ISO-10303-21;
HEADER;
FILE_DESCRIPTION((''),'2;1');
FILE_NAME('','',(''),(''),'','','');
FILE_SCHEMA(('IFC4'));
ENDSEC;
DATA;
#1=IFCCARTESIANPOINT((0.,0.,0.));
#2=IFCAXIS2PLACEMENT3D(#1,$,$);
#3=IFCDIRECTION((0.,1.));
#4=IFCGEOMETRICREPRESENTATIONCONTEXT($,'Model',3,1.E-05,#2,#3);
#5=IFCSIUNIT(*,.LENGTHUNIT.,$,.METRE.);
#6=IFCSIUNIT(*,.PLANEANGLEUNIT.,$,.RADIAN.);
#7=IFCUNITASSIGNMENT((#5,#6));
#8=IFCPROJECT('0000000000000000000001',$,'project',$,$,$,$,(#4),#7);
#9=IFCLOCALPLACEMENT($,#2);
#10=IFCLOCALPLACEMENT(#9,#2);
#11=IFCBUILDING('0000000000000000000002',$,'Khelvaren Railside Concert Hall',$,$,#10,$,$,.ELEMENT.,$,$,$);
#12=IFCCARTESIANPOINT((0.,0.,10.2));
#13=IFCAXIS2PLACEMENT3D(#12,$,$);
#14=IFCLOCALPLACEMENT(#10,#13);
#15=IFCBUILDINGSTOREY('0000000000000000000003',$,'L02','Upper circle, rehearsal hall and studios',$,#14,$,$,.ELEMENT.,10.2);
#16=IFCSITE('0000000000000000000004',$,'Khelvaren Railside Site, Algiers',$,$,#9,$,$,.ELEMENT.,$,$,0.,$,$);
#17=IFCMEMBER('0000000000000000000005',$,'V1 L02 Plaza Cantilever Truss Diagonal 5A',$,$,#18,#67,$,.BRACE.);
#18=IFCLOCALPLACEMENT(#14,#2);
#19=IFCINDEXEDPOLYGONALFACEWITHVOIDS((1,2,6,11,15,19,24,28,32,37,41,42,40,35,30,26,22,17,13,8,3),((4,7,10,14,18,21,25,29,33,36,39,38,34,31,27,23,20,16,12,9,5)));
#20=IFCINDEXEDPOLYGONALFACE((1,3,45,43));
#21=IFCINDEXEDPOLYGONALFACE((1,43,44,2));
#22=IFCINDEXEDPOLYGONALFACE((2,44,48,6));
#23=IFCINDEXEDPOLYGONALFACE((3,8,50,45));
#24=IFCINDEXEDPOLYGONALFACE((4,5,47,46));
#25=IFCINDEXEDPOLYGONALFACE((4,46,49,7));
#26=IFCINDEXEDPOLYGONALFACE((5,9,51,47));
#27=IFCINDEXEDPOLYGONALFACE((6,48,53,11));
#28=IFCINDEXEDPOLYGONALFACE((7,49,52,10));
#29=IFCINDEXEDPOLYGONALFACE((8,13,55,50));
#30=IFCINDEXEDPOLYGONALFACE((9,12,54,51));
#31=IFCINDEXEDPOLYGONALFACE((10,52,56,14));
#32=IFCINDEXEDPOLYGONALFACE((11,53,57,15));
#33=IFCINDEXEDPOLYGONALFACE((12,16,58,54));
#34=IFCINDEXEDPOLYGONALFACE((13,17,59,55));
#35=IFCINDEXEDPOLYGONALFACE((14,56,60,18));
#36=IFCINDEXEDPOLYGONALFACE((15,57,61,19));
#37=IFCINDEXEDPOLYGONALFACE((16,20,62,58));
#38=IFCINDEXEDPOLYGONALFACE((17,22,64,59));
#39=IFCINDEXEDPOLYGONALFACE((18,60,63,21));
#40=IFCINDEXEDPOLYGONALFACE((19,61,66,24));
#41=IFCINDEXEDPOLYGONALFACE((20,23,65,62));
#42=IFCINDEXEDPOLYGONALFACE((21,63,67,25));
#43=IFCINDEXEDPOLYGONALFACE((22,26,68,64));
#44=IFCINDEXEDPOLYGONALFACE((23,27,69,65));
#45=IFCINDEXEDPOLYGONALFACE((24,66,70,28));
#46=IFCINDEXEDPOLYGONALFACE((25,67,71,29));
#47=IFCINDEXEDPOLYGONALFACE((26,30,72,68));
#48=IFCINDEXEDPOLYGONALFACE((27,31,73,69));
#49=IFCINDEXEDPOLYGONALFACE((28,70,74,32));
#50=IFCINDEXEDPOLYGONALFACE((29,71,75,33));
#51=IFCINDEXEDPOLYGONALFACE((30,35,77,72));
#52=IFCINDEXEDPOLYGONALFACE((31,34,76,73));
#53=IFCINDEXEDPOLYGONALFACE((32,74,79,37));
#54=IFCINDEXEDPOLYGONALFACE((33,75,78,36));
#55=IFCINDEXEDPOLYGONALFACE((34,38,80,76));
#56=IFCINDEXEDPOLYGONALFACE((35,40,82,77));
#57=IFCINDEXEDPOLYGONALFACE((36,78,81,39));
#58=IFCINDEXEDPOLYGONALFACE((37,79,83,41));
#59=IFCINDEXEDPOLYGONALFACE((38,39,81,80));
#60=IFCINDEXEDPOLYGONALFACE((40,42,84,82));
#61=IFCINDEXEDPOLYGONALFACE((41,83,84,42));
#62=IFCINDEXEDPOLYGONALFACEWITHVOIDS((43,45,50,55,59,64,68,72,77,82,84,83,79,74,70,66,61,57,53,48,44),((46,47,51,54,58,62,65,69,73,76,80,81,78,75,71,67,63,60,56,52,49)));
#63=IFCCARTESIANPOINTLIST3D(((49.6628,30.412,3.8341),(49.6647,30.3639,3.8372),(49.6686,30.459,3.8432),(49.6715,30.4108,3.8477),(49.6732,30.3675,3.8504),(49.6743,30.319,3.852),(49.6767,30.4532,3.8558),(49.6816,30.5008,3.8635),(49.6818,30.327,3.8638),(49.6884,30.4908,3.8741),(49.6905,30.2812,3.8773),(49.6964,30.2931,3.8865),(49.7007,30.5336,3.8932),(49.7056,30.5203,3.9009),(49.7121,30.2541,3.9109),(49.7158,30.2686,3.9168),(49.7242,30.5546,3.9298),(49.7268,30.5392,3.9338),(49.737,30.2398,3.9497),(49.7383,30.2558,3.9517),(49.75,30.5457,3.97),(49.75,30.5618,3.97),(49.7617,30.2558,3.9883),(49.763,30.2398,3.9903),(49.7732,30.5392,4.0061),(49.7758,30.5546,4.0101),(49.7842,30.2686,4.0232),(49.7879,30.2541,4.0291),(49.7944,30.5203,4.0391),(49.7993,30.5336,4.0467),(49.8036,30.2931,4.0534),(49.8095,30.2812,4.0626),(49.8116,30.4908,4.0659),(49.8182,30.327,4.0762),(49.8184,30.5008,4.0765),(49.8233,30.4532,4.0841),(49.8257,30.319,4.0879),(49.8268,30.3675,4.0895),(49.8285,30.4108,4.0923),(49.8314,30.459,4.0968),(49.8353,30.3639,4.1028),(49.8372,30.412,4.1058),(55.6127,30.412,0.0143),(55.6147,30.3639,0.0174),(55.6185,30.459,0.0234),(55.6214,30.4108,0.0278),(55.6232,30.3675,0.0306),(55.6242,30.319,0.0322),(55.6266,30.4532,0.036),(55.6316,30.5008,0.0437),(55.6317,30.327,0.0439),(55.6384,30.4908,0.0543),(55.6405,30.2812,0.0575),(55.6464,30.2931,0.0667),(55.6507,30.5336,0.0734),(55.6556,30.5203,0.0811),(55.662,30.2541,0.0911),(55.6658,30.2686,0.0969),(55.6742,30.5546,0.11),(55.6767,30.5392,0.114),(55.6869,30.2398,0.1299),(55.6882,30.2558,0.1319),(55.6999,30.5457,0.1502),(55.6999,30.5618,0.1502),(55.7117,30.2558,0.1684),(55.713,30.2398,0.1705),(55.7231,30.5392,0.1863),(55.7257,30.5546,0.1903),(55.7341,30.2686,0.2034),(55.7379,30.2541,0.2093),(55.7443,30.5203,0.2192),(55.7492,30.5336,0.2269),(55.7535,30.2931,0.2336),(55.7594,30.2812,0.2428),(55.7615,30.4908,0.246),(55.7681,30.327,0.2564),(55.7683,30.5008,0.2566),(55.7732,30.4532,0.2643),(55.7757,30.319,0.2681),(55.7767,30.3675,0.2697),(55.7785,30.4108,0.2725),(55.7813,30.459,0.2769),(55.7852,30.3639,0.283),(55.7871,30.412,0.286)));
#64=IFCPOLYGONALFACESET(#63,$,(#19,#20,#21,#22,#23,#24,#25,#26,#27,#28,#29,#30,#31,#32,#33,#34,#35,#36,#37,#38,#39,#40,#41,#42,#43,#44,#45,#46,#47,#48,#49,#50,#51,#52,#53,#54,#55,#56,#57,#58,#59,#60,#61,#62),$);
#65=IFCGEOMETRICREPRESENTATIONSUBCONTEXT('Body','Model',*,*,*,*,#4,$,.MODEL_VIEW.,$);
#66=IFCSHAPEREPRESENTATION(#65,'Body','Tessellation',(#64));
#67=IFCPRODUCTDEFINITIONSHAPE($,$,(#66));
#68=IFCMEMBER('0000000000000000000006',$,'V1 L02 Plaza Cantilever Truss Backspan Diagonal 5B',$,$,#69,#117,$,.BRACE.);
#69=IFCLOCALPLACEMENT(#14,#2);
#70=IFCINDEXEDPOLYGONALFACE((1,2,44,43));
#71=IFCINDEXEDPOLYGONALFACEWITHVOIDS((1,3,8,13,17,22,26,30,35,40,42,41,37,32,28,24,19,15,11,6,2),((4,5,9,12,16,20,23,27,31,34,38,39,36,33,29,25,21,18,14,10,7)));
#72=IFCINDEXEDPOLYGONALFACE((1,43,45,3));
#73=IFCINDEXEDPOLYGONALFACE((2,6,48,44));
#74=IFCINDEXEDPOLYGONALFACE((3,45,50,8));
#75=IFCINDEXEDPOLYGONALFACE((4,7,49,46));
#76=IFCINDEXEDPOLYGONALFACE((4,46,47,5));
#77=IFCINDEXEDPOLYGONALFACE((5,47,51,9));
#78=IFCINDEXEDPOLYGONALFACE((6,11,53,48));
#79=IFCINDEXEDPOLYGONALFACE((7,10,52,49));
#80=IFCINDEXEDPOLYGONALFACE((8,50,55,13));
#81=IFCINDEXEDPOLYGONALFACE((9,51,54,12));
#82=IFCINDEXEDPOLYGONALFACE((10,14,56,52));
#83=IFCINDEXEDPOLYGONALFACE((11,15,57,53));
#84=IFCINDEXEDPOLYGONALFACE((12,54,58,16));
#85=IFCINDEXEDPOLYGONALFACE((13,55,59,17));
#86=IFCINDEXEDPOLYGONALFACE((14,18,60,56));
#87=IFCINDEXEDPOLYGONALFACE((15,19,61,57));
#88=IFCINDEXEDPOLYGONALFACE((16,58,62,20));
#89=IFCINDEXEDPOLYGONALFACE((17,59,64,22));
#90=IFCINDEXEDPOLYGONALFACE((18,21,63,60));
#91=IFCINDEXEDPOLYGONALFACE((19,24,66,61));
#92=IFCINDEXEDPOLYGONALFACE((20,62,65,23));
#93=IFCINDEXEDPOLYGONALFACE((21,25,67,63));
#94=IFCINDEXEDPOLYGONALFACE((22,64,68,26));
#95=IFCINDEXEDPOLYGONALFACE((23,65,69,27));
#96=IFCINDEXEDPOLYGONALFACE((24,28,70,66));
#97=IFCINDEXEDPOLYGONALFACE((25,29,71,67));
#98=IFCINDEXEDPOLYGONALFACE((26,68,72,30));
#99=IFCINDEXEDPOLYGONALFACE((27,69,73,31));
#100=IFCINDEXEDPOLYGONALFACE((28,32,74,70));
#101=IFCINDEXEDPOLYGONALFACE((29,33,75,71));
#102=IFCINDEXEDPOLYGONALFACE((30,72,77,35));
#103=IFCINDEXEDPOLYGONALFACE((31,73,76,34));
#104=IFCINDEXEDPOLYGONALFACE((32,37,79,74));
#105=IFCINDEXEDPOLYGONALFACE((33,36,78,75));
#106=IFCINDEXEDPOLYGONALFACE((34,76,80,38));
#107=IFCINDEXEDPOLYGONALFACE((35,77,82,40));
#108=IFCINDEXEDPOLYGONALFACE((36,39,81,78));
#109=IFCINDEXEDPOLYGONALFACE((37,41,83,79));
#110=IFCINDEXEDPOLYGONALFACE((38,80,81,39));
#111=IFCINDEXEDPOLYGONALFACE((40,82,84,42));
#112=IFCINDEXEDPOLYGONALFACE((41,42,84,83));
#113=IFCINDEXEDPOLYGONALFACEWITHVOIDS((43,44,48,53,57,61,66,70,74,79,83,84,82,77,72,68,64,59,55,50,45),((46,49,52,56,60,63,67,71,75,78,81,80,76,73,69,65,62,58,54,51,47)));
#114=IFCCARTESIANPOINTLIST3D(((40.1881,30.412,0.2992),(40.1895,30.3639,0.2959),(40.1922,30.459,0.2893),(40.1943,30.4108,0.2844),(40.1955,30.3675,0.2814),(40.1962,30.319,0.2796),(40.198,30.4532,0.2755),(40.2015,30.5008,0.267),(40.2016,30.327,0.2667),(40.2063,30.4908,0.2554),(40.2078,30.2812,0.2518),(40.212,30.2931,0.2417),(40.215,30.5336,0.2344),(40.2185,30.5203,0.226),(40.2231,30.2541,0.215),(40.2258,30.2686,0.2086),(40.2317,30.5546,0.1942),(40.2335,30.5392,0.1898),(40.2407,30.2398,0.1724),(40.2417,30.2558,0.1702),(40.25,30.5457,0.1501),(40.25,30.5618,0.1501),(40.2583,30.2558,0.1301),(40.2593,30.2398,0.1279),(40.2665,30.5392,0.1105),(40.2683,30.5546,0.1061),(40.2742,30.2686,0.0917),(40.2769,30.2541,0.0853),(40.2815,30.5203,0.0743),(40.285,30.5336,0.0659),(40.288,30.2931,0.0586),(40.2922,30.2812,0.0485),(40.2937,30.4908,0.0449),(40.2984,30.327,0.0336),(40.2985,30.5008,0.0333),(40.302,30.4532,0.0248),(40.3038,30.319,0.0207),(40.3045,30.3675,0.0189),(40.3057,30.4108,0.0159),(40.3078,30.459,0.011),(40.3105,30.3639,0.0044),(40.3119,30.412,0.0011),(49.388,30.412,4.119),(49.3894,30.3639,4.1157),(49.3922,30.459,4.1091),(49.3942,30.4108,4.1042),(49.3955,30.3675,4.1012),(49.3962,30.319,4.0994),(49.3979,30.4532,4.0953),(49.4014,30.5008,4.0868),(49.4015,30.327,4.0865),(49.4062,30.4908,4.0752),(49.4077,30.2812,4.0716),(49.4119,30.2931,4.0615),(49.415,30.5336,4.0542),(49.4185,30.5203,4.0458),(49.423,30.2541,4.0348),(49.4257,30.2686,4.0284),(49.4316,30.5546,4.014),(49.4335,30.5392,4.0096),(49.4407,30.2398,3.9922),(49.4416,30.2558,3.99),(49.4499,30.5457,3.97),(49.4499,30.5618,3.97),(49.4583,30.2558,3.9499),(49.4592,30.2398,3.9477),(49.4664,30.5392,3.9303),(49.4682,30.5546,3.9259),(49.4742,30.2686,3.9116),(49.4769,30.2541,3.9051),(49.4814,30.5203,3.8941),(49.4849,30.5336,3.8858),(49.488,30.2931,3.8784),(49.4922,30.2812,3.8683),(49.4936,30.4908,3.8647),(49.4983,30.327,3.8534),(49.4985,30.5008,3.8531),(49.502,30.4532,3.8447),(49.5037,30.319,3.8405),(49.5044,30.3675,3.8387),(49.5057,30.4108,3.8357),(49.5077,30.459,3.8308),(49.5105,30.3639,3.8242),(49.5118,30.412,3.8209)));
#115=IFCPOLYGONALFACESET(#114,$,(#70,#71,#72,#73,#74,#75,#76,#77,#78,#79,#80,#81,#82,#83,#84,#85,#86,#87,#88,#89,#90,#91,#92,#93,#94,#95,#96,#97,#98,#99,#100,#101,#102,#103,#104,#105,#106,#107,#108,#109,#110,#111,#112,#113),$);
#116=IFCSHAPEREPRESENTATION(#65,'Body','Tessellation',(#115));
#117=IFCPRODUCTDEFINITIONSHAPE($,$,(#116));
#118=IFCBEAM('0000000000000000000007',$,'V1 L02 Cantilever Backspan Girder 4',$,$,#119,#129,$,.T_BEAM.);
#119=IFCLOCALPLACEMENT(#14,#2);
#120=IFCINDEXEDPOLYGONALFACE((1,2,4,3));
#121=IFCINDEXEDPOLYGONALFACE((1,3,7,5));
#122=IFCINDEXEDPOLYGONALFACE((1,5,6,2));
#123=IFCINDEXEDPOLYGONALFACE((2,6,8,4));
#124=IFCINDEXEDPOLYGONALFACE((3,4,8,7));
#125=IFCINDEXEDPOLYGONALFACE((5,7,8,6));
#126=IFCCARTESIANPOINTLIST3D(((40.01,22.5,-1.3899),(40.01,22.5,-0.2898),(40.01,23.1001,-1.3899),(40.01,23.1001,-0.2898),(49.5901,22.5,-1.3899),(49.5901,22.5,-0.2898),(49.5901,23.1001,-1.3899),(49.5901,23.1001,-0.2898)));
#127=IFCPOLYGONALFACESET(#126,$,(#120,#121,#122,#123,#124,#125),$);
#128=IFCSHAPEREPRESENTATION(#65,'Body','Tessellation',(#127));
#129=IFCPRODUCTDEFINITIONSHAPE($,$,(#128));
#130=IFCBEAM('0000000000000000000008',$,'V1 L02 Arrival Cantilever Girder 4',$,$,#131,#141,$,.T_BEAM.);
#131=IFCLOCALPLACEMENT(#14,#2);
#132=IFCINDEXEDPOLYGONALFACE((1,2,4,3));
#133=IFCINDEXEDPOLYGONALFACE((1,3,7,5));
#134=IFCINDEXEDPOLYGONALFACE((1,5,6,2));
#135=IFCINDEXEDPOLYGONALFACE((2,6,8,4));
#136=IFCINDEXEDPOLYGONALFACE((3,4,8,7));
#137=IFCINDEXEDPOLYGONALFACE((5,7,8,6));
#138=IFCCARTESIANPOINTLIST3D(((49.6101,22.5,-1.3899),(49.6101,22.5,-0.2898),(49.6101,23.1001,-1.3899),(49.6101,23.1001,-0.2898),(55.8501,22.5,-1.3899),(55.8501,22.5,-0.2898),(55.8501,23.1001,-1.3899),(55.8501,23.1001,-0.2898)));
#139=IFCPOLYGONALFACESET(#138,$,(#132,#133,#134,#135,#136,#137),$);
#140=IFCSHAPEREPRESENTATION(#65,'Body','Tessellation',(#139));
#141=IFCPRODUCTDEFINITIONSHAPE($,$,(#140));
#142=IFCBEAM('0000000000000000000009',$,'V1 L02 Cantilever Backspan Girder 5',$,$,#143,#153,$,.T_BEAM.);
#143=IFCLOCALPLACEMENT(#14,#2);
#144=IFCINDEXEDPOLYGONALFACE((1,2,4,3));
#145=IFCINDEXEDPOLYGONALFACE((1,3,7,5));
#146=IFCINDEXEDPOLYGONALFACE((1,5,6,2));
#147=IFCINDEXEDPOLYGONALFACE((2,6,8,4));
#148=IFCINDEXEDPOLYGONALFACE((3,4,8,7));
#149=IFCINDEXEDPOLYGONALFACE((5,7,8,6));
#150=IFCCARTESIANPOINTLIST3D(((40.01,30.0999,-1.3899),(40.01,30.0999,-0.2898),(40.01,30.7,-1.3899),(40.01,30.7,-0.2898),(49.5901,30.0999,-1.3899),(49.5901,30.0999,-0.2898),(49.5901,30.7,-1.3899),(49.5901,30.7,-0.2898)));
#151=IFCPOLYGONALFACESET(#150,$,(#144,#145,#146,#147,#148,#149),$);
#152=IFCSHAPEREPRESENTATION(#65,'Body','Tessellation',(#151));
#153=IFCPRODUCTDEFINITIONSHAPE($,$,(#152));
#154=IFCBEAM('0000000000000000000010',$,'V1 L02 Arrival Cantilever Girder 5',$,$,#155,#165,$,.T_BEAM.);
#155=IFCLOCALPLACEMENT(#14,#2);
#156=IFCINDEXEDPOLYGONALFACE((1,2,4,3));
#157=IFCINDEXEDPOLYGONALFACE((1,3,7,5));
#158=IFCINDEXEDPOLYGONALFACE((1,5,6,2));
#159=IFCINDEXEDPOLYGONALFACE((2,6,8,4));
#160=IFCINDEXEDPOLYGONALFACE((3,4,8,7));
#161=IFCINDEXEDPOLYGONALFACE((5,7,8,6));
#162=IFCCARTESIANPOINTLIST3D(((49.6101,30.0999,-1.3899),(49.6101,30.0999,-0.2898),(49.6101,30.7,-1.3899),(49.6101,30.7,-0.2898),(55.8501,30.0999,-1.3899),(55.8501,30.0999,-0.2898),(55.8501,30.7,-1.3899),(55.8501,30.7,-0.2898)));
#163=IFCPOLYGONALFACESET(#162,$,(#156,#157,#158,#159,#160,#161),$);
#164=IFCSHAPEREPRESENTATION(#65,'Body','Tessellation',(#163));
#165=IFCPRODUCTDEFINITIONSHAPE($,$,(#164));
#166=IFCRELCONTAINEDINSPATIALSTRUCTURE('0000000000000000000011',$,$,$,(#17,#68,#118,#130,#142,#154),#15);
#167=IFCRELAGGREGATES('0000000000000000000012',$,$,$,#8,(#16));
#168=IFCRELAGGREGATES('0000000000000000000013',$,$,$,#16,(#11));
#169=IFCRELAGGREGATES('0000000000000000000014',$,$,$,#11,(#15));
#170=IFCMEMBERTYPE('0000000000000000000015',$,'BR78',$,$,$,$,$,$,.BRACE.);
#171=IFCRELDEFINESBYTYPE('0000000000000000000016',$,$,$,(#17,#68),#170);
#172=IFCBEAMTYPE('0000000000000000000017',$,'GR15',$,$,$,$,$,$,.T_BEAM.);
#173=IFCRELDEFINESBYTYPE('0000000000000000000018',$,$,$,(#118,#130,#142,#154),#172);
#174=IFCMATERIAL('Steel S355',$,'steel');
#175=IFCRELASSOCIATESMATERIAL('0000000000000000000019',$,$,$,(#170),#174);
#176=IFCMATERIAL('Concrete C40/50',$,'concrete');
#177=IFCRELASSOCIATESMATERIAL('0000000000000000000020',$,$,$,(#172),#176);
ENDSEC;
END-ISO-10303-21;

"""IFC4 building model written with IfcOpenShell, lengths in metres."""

from ifc_helpers import new_model, si_unit, direction, frame, origin, origin_2d, place, context, subcontext, project, spatial, rectangle, hollow_circle, extrude, material, material_profile, profile_set, type_object, element, save


model = new_model("IFC4")

# Units and contexts
model_context = context("Model", 3, precision=1e-05, world=origin(), true_north=direction((0.0, 1.0)))
body_context = subcontext(model_context, "Body", "Model", "MODEL_VIEW")
ifc_project = project(units=[si_unit("LENGTHUNIT", "METRE"), si_unit("PLANEANGLEUNIT", "RADIAN")], contexts=[model_context])

# Site, building, storey
site_placement = place(None, origin())
site = spatial("IfcSite", under=ifc_project, at=site_placement, Name="Khelvaren Railside Site, Algiers", CompositionType="ELEMENT", RefElevation=0.0)
building_placement = place(site_placement, origin())
building = spatial("IfcBuilding", under=site, at=building_placement, Name="Khelvaren Railside Concert Hall", CompositionType="ELEMENT")
storey_placement = place(building_placement, frame((0.0, 0.0, 10.2)))
storey = spatial("IfcBuildingStorey", under=building, at=storey_placement, Name="L02", Description="Upper circle, rehearsal hall and studios", CompositionType="ELEMENT", Elevation=10.2)

# Shared definitions
ifc_material_1 = material(Name="Steel S355", Category="steel")

# Members
ifc_material_profile_1 = material_profile(ifc_material_1, hollow_circle(Radius=0.1619, WallThickness=0.0161, at=origin_2d()), Name="CHS 323.9x16")
ifc_profile_set_1 = profile_set([ifc_material_profile_1], Name="Steel S355")
member_type = type_object("IfcMemberType", Name="BR78", PredefinedType="BRACE", material=ifc_profile_set_1)
member_1_placement = place(storey_placement, frame((49.75, 30.3999, 3.97), z_axis=(0.841509, 0.0, -0.540243), x_axis=(0.0, 1.0, 0.0)))
element("IfcMember", 1, at=member_1_placement, inside=storey, type_object=member_type, Name="V1 L02 Plaza Cantilever Truss Diagonal 5A", PredefinedType="BRACE", context=body_context, shape_type="SweptSolid", body=[
    extrude(hollow_circle(Radius=0.1619, WallThickness=0.0161, at=origin_2d()), origin(), (0.0, 0.0, 1.0), 7.0706),
])
member_2_placement = place(storey_placement, frame((40.25, 30.3999, 0.1501), z_axis=(0.923557, 0.0, 0.383461), x_axis=(0.0, 1.0, 0.0)))
element("IfcMember", 2, at=member_2_placement, inside=storey, type_object=member_type, Name="V1 L02 Plaza Cantilever Truss Backspan Diagonal 5B", PredefinedType="BRACE", context=body_context, shape_type="SweptSolid", body=[
    extrude(hollow_circle(Radius=0.1619, WallThickness=0.0161, at=origin_2d()), origin(), (0.0, 0.0, 1.0), 9.9614),
])

# Beams
ifc_material_2 = material(Name="Concrete C40/50", Category="concrete")
ifc_material_profile_2 = material_profile(ifc_material_2, rectangle(XDim=0.6001, YDim=1.1001, at=origin_2d()), Name="RCB 600x1100")
ifc_profile_set_2 = profile_set([ifc_material_profile_2], Name="Concrete C40/50")
beam_type_1 = type_object("IfcBeamType", Name="GR15", PredefinedType="T_BEAM", material=ifc_profile_set_2)
beam_1_placement = place(storey_placement, frame((40.01, 22.8, -0.8398), z_axis=(1.0, 0.0, 0.0), x_axis=(0.0, 1.0, 0.0)))
element("IfcBeam", 3, at=beam_1_placement, inside=storey, type_object=beam_type_1, Name="V1 L02 Cantilever Backspan Girder 4", PredefinedType="T_BEAM", context=body_context, shape_type="SweptSolid", body=[
    extrude(rectangle(XDim=0.6001, YDim=1.1001, at=origin_2d()), origin(), (0.0, 0.0, 1.0), 9.5801),
])
beam_2_placement = place(storey_placement, frame((49.6101, 22.8, -0.8398), z_axis=(1.0, 0.0, 0.0), x_axis=(0.0, 1.0, 0.0)))
element("IfcBeam", 4, at=beam_2_placement, inside=storey, type_object=beam_type_1, Name="V1 L02 Arrival Cantilever Girder 4", PredefinedType="T_BEAM", context=body_context, shape_type="SweptSolid", body=[
    extrude(rectangle(XDim=0.6001, YDim=1.1001, at=origin_2d()), origin(), (0.0, 0.0, 1.0), 6.24),
])
beam_3_placement = place(storey_placement, frame((40.01, 30.3999, -0.8398), z_axis=(1.0, 0.0, 0.0), x_axis=(0.0, 1.0, 0.0)))
element("IfcBeam", 5, at=beam_3_placement, inside=storey, type_object=beam_type_1, Name="V1 L02 Cantilever Backspan Girder 5", PredefinedType="T_BEAM", context=body_context, shape_type="SweptSolid", body=[
    extrude(rectangle(XDim=0.6001, YDim=1.1001, at=origin_2d()), origin(), (0.0, 0.0, 1.0), 9.5801),
])
beam_4_placement = place(storey_placement, frame((49.6101, 30.3999, -0.8398), z_axis=(1.0, 0.0, 0.0), x_axis=(0.0, 1.0, 0.0)))
element("IfcBeam", 6, at=beam_4_placement, inside=storey, type_object=beam_type_1, Name="V1 L02 Arrival Cantilever Girder 5", PredefinedType="T_BEAM", context=body_context, shape_type="SweptSolid", body=[
    extrude(rectangle(XDim=0.6001, YDim=1.1001, at=origin_2d()), origin(), (0.0, 0.0, 1.0), 6.24),
])

save(model, "model.ifc")
